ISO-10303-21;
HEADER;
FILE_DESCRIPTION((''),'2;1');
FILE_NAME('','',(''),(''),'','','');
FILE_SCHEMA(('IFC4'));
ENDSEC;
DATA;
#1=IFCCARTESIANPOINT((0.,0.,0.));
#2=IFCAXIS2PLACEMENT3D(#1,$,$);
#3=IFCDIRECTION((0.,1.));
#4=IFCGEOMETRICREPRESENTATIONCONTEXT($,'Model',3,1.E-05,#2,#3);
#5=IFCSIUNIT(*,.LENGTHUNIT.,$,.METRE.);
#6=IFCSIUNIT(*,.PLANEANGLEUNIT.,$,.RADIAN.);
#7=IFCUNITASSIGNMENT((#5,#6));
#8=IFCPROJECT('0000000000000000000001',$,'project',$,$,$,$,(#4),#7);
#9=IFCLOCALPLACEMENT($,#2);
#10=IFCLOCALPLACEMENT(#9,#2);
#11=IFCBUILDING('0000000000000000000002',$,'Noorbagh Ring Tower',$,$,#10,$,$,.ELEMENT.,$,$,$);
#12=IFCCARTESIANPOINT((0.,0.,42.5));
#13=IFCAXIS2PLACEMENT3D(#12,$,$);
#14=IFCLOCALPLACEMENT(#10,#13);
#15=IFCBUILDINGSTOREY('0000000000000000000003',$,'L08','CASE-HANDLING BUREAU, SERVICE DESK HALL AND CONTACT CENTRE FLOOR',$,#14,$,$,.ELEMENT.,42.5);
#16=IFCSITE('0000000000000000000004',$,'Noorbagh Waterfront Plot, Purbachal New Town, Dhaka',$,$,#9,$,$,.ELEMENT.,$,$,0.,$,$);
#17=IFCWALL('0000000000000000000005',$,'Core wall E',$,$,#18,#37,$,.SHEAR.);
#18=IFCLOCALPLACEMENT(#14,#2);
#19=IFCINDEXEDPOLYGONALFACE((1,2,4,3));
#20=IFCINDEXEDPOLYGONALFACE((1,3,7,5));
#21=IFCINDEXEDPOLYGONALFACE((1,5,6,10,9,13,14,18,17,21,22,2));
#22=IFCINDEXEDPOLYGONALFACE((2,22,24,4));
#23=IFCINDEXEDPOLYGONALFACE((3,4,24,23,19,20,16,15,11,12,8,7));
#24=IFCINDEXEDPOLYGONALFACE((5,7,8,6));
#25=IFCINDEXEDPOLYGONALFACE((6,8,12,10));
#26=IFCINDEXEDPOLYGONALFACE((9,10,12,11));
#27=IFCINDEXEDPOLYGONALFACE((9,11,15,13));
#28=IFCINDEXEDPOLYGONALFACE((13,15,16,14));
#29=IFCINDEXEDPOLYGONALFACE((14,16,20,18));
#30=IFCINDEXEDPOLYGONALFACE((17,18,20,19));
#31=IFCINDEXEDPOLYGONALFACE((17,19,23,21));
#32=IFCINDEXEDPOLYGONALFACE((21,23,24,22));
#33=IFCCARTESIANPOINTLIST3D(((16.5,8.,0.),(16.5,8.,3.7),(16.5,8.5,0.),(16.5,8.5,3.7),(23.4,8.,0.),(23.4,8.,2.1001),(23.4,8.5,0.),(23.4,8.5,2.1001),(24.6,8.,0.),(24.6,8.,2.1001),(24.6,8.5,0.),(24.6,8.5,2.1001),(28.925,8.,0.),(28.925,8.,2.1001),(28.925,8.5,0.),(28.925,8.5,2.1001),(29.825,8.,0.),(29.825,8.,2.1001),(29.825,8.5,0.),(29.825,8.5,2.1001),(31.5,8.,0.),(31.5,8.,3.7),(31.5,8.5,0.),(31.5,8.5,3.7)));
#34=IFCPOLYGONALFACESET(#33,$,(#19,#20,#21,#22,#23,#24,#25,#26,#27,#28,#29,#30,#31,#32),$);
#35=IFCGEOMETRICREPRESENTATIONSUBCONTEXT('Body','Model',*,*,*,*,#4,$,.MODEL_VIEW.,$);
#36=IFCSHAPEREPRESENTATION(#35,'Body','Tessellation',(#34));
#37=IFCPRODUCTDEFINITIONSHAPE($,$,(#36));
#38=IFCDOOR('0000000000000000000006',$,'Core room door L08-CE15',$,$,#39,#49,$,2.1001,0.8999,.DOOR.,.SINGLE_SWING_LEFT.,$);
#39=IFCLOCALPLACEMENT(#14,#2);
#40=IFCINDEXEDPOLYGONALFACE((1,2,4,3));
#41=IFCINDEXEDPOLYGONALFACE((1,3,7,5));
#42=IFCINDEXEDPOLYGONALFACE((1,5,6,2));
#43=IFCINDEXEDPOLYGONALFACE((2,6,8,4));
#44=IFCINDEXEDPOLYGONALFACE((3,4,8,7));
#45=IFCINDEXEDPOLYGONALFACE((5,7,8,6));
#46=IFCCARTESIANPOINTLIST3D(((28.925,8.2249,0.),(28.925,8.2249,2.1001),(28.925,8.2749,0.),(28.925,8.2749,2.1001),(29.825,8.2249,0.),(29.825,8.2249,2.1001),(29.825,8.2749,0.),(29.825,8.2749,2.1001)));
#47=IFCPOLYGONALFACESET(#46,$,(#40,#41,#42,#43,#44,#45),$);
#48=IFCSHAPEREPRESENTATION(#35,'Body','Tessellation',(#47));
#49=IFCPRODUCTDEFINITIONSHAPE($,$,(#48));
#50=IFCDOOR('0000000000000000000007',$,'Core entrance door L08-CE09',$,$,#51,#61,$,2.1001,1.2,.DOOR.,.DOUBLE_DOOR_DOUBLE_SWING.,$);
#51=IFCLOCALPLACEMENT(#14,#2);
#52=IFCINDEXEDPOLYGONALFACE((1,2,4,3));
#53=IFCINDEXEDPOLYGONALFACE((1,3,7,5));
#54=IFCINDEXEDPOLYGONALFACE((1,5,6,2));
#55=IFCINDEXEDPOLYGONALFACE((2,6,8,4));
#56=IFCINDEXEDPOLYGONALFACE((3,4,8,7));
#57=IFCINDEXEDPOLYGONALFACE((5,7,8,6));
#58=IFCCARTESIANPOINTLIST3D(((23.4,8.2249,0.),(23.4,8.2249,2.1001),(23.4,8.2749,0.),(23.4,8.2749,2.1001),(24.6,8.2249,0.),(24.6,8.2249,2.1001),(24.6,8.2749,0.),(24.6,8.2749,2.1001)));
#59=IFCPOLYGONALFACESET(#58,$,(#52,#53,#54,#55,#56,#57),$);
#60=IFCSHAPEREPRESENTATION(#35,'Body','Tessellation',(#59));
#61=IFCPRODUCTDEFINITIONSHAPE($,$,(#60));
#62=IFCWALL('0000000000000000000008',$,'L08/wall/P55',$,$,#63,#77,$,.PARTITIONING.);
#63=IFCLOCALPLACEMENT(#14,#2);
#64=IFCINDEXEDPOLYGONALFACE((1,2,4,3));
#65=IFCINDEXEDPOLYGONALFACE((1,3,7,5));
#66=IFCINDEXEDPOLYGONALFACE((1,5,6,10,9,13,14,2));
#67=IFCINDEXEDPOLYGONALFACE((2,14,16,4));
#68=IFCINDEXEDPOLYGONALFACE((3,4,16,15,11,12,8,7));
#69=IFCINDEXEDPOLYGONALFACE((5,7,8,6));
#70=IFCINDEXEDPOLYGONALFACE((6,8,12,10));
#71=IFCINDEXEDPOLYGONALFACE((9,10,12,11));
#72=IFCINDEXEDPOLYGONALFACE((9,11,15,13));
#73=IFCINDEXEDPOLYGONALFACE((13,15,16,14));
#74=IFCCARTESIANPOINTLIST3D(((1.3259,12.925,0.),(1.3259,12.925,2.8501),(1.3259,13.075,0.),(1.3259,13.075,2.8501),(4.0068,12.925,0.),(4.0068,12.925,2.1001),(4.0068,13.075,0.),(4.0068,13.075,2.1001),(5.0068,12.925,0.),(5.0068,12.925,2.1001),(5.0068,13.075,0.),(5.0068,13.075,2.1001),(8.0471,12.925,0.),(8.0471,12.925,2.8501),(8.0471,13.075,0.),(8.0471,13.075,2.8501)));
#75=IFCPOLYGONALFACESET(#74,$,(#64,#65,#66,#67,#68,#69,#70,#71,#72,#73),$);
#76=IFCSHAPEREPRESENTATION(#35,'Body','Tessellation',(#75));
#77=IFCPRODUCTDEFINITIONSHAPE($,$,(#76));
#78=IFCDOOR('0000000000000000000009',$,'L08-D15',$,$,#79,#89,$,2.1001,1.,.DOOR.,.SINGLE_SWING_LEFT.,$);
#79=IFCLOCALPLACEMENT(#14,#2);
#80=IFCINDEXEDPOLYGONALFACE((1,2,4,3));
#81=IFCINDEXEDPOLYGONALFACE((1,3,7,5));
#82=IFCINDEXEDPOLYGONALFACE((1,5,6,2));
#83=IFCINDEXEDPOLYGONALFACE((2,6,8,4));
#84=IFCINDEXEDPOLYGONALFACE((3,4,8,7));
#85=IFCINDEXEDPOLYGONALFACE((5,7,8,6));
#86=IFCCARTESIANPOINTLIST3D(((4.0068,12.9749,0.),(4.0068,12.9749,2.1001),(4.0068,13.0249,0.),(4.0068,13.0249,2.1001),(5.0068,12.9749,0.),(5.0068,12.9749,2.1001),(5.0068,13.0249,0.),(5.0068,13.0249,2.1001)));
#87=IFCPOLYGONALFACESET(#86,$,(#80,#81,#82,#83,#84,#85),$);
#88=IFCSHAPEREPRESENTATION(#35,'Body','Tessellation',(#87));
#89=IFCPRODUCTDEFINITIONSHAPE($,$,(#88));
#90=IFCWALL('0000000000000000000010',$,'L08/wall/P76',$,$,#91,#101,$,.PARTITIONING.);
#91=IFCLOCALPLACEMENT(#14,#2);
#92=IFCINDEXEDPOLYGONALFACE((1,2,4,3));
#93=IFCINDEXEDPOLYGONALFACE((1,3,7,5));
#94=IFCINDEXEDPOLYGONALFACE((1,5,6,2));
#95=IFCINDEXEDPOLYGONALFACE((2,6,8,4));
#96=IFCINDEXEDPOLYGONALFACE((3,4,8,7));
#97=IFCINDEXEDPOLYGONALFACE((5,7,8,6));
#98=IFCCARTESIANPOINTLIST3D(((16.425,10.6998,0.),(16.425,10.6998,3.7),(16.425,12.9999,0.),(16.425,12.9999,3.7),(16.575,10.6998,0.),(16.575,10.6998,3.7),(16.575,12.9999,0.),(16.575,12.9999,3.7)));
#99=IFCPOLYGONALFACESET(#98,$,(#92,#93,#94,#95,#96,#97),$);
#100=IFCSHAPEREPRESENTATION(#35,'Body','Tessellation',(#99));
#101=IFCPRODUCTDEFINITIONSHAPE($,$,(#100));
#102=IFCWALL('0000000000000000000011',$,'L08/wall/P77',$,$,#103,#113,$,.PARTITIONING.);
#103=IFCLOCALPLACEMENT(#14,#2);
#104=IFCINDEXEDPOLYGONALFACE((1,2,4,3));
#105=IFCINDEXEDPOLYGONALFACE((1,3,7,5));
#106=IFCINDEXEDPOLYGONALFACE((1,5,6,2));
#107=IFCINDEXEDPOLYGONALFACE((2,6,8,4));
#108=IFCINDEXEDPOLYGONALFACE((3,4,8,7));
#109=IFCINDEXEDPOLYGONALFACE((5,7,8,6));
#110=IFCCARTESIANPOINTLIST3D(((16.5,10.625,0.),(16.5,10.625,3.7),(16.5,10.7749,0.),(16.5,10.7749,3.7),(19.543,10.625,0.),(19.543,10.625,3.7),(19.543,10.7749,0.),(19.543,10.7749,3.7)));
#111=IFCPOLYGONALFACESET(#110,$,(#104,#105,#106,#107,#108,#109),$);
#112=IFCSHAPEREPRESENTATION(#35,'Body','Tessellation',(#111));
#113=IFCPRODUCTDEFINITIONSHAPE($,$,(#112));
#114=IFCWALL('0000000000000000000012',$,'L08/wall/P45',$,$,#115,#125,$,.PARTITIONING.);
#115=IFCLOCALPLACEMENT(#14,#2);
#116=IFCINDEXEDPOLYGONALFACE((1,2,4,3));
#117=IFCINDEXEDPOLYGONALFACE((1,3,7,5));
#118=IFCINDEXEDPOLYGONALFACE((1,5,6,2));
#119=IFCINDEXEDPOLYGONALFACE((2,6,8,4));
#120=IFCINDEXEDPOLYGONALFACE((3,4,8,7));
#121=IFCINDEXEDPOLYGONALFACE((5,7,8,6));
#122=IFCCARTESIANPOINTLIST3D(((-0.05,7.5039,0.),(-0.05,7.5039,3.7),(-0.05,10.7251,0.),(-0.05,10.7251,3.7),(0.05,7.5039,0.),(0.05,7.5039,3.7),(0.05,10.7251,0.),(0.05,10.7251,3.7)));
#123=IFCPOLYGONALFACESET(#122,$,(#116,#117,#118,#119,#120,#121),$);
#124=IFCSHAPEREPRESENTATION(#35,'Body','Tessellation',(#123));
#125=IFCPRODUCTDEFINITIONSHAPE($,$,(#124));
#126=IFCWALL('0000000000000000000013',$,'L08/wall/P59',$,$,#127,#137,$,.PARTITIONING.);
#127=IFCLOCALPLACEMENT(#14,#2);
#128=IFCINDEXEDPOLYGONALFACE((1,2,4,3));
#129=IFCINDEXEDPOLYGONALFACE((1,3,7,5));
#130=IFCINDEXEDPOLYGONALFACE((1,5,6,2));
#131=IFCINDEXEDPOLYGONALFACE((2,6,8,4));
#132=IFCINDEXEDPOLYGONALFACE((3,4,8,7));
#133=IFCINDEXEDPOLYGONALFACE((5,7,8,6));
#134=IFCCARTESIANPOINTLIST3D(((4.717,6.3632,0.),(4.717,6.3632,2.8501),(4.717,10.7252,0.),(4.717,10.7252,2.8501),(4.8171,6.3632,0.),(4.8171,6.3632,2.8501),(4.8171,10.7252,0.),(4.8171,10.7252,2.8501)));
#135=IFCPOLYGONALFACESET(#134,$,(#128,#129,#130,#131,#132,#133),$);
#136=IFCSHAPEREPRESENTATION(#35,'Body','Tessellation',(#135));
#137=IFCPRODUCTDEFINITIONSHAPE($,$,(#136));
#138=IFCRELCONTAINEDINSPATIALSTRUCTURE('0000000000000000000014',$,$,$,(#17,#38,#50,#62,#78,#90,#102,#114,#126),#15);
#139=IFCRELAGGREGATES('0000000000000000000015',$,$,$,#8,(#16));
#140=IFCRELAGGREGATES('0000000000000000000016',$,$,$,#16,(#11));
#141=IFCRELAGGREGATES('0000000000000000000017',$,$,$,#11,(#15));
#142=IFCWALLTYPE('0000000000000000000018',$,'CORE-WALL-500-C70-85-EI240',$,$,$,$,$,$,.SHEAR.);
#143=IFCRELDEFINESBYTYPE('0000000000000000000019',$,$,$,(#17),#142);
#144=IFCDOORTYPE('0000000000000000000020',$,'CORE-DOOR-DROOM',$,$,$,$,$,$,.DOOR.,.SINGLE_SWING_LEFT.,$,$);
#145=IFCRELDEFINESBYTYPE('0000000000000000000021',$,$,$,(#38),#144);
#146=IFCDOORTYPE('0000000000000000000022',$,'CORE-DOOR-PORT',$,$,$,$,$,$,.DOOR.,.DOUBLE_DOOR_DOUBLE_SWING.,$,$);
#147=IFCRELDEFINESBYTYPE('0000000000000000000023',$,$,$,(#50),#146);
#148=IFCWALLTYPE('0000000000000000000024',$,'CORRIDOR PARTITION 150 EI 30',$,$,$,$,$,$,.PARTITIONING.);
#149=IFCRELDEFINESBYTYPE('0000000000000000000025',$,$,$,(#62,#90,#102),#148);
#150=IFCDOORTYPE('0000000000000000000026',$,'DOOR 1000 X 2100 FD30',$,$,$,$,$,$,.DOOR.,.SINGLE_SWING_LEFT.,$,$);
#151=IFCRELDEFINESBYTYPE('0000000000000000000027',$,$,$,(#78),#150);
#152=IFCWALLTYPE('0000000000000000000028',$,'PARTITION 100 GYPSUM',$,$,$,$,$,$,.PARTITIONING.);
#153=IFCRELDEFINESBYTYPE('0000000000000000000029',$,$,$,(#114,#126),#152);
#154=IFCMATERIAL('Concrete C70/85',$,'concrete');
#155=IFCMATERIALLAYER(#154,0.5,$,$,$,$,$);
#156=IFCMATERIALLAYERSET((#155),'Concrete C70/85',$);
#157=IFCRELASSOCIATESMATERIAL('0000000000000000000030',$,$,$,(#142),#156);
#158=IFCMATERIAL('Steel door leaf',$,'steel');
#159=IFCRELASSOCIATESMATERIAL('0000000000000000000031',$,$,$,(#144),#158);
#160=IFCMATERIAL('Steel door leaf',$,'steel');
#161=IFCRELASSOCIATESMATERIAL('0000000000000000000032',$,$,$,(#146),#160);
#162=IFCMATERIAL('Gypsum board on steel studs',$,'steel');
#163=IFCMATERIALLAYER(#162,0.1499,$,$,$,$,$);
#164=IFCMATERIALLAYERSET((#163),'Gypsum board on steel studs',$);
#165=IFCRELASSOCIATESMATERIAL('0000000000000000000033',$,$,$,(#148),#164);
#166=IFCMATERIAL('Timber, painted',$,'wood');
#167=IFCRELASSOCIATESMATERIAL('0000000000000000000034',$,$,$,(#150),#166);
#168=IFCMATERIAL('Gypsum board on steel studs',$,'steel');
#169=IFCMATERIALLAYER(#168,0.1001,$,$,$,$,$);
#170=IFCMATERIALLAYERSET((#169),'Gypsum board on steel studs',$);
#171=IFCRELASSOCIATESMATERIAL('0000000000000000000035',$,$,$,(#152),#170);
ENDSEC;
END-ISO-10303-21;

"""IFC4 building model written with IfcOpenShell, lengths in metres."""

from ifc_helpers import new_model, si_unit, direction, frame, frame_2d, origin, place, context, subcontext, project, spatial, rectangle, extrude, material, layer, layer_set, type_object, element, fill, save


model = new_model("IFC4")

# Units and contexts
model_context = context("Model", 3, precision=1e-05, world=origin(), true_north=direction((0.0, 1.0)))
body_context = subcontext(model_context, "Body", "Model", "MODEL_VIEW")
ifc_project = project(units=[si_unit("LENGTHUNIT", "METRE"), si_unit("PLANEANGLEUNIT", "RADIAN")], contexts=[model_context])

# Site, building, storey
site_placement = place(None, origin())
site = spatial("IfcSite", under=ifc_project, at=site_placement, Name="Noorbagh Waterfront Plot, Purbachal New Town, Dhaka", CompositionType="ELEMENT", RefElevation=0.0)
building_placement = place(site_placement, origin())
building = spatial("IfcBuilding", under=site, at=building_placement, Name="Noorbagh Ring Tower", CompositionType="ELEMENT")
storey_placement = place(building_placement, frame((0.0, 0.0, 42.5)))
storey = spatial("IfcBuildingStorey", under=building, at=storey_placement, Name="L08", Description="CASE-HANDLING BUREAU, SERVICE DESK HALL AND CONTACT CENTRE FLOOR", CompositionType="ELEMENT", Elevation=42.5)

# Wall, openings, doors
ifc_material_1 = material(Name="Concrete C70/85", Category="concrete")
ifc_layer_1 = layer(ifc_material_1, 0.5)
ifc_layer_set_1 = layer_set([ifc_layer_1], Name="Concrete C70/85")
wall_type_1 = type_object("IfcWallType", Name="CORE-WALL-500-C70-85-EI240", PredefinedType="SHEAR", material=ifc_layer_set_1)
wall_1_placement = place(storey_placement, frame((16.5, 8.25, 0.0), z_axis=(0.0, 0.0, 1.0), x_axis=(1.0, 0.0, 0.0)))
wall_1 = element("IfcWall", 1, at=wall_1_placement, inside=storey, type_object=wall_type_1, Name="Core wall E", PredefinedType="SHEAR", context=body_context, shape_type="SweptSolid", body=[
    extrude(rectangle(XDim=15.0, YDim=0.5, at=frame_2d((7.5, 0.0))), origin(), (0.0, 0.0, 1.0), 3.7),
])
opening_1_placement = place(wall_1_placement, frame((6.8999, 0.0, 0.0)))
opening_1 = element("IfcOpeningElement", 2, at=opening_1_placement, cuts=wall_1, PredefinedType="OPENING", context=body_context, shape_type="SweptSolid", body=[
    extrude(rectangle(XDim=1.2, YDim=2.1001, at=frame_2d((0.6001, 1.05))), frame((0.0, 0.26, 0.0), z_axis=(0.0, -1.0, 0.0), x_axis=(1.0, 0.0, 0.0)), (0.0, 0.0, 1.0), 0.52),
])
opening_2_placement = place(wall_1_placement, frame((12.425, 0.0, 0.0)))
opening_2 = element("IfcOpeningElement", 3, at=opening_2_placement, cuts=wall_1, PredefinedType="OPENING", context=body_context, shape_type="SweptSolid", body=[
    extrude(rectangle(XDim=0.8999, YDim=2.1001, at=frame_2d((0.45, 1.05))), frame((0.0, 0.26, 0.0), z_axis=(0.0, -1.0, 0.0), x_axis=(1.0, 0.0, 0.0)), (0.0, 0.0, 1.0), 0.52),
])
ifc_material_2 = material(Name="Steel door leaf", Category="steel")
door_type_1 = type_object("IfcDoorType", Name="CORE-DOOR-DROOM", OperationType="SINGLE_SWING_LEFT", PredefinedType="DOOR", material=ifc_material_2)
door_1_placement = place(opening_2_placement, origin())
door_1 = element("IfcDoor", 4, at=door_1_placement, inside=storey, type_object=door_type_1, Name="Core room door L08-CE15", OperationType="SINGLE_SWING_LEFT", OverallHeight=2.1001, OverallWidth=0.8999, PredefinedType="DOOR", context=body_context, shape_type="SweptSolid", body=[
    extrude(rectangle(XDim=0.8999, YDim=2.1001, at=frame_2d((0.45, 1.05))), frame((0.0, 0.0249, 0.0), z_axis=(0.0, -1.0, 0.0), x_axis=(1.0, 0.0, 0.0)), (0.0, 0.0, 1.0), 0.05),
])
fill(opening_2, door_1)
ifc_material_3 = material(Name="Steel door leaf", Category="steel")
door_type_2 = type_object("IfcDoorType", Name="CORE-DOOR-PORT", OperationType="DOUBLE_DOOR_DOUBLE_SWING", PredefinedType="DOOR", material=ifc_material_3)
door_2_placement = place(opening_1_placement, origin())
door_2 = element("IfcDoor", 5, at=door_2_placement, inside=storey, type_object=door_type_2, Name="Core entrance door L08-CE09", OperationType="DOUBLE_DOOR_DOUBLE_SWING", OverallHeight=2.1001, OverallWidth=1.2, PredefinedType="DOOR", context=body_context, shape_type="SweptSolid", body=[
    extrude(rectangle(XDim=1.2, YDim=2.1001, at=frame_2d((0.6001, 1.05))), frame((0.0, 0.0249, 0.0), z_axis=(0.0, -1.0, 0.0), x_axis=(1.0, 0.0, 0.0)), (0.0, 0.0, 1.0), 0.05),
])
fill(opening_1, door_2)

# Wall, opening, door
ifc_material_4 = material(Name="Gypsum board on steel studs", Category="steel")
ifc_layer_2 = layer(ifc_material_4, 0.1499)
ifc_layer_set_2 = layer_set([ifc_layer_2], Name="Gypsum board on steel studs")
wall_type_2 = type_object("IfcWallType", Name="CORRIDOR PARTITION 150 EI 30", PredefinedType="PARTITIONING", material=ifc_layer_set_2)
wall_2_placement = place(storey_placement, frame((1.3259, 13.0, 0.0), z_axis=(0.0, 0.0, 1.0), x_axis=(1.0, 0.0, 0.0)))
wall_2 = element("IfcWall", 6, at=wall_2_placement, inside=storey, type_object=wall_type_2, Name="L08/wall/P55", PredefinedType="PARTITIONING", context=body_context, shape_type="SweptSolid", body=[
    extrude(rectangle(XDim=6.7212, YDim=0.1499, at=frame_2d((3.3606, 0.0))), origin(), (0.0, 0.0, 1.0), 2.8501),
])
opening_3_placement = place(wall_2_placement, frame((2.6809, 0.0, 0.0)))
opening_3 = element("IfcOpeningElement", 7, at=opening_3_placement, cuts=wall_2, PredefinedType="OPENING", context=body_context, shape_type="SweptSolid", body=[
    extrude(rectangle(XDim=1.0, YDim=2.1001, at=frame_2d((0.5, 1.05))), frame((0.0, 0.085, 0.0), z_axis=(0.0, -1.0, 0.0), x_axis=(1.0, 0.0, 0.0)), (0.0, 0.0, 1.0), 0.1699),
])
ifc_material_5 = material(Name="Timber, painted", Category="wood")
door_type_3 = type_object("IfcDoorType", Name="DOOR 1000 X 2100 FD30", OperationType="SINGLE_SWING_LEFT", PredefinedType="DOOR", material=ifc_material_5)
door_3_placement = place(opening_3_placement, origin())
door_3 = element("IfcDoor", 8, at=door_3_placement, inside=storey, type_object=door_type_3, Name="L08-D15", OperationType="SINGLE_SWING_LEFT", OverallHeight=2.1001, OverallWidth=1.0, PredefinedType="DOOR", context=body_context, shape_type="SweptSolid", body=[
    extrude(rectangle(XDim=1.0, YDim=2.1001, at=frame_2d((0.5, 1.05))), frame((0.0, 0.0249, 0.0), z_axis=(0.0, -1.0, 0.0), x_axis=(1.0, 0.0, 0.0)), (0.0, 0.0, 1.0), 0.05),
])
fill(opening_3, door_3)

# Walls
wall_3_placement = place(storey_placement, frame((16.5, 10.7, 0.0), z_axis=(0.0, 0.0, 1.0), x_axis=(0.0, 1.0, 0.0)))
element("IfcWall", 9, at=wall_3_placement, inside=storey, type_object=wall_type_2, Name="L08/wall/P76", PredefinedType="PARTITIONING", context=body_context, shape_type="SweptSolid", body=[
    extrude(rectangle(XDim=2.3, YDim=0.1499, at=frame_2d((1.1499, 0.0))), origin(), (0.0, 0.0, 1.0), 3.7),
])
wall_4_placement = place(storey_placement, frame((16.5, 10.7, 0.0), z_axis=(0.0, 0.0, 1.0), x_axis=(1.0, 0.0, 0.0)))
element("IfcWall", 10, at=wall_4_placement, inside=storey, type_object=wall_type_2, Name="L08/wall/P77", PredefinedType="PARTITIONING", context=body_context, shape_type="SweptSolid", body=[
    extrude(rectangle(XDim=3.043, YDim=0.1499, at=frame_2d((1.5215, 0.0))), origin(), (0.0, 0.0, 1.0), 3.7),
])

# Walls
ifc_material_6 = material(Name="Gypsum board on steel studs", Category="steel")
ifc_layer_3 = layer(ifc_material_6, 0.1001)
ifc_layer_set_3 = layer_set([ifc_layer_3], Name="Gypsum board on steel studs")
wall_type_3 = type_object("IfcWallType", Name="PARTITION 100 GYPSUM", PredefinedType="PARTITIONING", material=ifc_layer_set_3)
wall_5_placement = place(storey_placement, frame((0.0, 7.5039, 0.0), z_axis=(0.0, 0.0, 1.0), x_axis=(0.0, 1.0, 0.0)))
element("IfcWall", 11, at=wall_5_placement, inside=storey, type_object=wall_type_3, Name="L08/wall/P45", PredefinedType="PARTITIONING", context=body_context, shape_type="SweptSolid", body=[
    extrude(rectangle(XDim=3.2212, YDim=0.1001, at=frame_2d((1.6106, 0.0))), origin(), (0.0, 0.0, 1.0), 3.7),
])
wall_6_placement = place(storey_placement, frame((4.7671, 6.363, 0.0), z_axis=(0.0, 0.0, 1.0), x_axis=(0.0, 1.0, 0.0)))
element("IfcWall", 12, at=wall_6_placement, inside=storey, type_object=wall_type_3, Name="L08/wall/P59", PredefinedType="PARTITIONING", context=body_context, shape_type="SweptSolid", body=[
    extrude(rectangle(XDim=4.3621, YDim=0.1001, at=frame_2d((2.1812, 0.0))), origin(), (0.0, 0.0, 1.0), 2.8501),
])

save(model, "model.ifc")
